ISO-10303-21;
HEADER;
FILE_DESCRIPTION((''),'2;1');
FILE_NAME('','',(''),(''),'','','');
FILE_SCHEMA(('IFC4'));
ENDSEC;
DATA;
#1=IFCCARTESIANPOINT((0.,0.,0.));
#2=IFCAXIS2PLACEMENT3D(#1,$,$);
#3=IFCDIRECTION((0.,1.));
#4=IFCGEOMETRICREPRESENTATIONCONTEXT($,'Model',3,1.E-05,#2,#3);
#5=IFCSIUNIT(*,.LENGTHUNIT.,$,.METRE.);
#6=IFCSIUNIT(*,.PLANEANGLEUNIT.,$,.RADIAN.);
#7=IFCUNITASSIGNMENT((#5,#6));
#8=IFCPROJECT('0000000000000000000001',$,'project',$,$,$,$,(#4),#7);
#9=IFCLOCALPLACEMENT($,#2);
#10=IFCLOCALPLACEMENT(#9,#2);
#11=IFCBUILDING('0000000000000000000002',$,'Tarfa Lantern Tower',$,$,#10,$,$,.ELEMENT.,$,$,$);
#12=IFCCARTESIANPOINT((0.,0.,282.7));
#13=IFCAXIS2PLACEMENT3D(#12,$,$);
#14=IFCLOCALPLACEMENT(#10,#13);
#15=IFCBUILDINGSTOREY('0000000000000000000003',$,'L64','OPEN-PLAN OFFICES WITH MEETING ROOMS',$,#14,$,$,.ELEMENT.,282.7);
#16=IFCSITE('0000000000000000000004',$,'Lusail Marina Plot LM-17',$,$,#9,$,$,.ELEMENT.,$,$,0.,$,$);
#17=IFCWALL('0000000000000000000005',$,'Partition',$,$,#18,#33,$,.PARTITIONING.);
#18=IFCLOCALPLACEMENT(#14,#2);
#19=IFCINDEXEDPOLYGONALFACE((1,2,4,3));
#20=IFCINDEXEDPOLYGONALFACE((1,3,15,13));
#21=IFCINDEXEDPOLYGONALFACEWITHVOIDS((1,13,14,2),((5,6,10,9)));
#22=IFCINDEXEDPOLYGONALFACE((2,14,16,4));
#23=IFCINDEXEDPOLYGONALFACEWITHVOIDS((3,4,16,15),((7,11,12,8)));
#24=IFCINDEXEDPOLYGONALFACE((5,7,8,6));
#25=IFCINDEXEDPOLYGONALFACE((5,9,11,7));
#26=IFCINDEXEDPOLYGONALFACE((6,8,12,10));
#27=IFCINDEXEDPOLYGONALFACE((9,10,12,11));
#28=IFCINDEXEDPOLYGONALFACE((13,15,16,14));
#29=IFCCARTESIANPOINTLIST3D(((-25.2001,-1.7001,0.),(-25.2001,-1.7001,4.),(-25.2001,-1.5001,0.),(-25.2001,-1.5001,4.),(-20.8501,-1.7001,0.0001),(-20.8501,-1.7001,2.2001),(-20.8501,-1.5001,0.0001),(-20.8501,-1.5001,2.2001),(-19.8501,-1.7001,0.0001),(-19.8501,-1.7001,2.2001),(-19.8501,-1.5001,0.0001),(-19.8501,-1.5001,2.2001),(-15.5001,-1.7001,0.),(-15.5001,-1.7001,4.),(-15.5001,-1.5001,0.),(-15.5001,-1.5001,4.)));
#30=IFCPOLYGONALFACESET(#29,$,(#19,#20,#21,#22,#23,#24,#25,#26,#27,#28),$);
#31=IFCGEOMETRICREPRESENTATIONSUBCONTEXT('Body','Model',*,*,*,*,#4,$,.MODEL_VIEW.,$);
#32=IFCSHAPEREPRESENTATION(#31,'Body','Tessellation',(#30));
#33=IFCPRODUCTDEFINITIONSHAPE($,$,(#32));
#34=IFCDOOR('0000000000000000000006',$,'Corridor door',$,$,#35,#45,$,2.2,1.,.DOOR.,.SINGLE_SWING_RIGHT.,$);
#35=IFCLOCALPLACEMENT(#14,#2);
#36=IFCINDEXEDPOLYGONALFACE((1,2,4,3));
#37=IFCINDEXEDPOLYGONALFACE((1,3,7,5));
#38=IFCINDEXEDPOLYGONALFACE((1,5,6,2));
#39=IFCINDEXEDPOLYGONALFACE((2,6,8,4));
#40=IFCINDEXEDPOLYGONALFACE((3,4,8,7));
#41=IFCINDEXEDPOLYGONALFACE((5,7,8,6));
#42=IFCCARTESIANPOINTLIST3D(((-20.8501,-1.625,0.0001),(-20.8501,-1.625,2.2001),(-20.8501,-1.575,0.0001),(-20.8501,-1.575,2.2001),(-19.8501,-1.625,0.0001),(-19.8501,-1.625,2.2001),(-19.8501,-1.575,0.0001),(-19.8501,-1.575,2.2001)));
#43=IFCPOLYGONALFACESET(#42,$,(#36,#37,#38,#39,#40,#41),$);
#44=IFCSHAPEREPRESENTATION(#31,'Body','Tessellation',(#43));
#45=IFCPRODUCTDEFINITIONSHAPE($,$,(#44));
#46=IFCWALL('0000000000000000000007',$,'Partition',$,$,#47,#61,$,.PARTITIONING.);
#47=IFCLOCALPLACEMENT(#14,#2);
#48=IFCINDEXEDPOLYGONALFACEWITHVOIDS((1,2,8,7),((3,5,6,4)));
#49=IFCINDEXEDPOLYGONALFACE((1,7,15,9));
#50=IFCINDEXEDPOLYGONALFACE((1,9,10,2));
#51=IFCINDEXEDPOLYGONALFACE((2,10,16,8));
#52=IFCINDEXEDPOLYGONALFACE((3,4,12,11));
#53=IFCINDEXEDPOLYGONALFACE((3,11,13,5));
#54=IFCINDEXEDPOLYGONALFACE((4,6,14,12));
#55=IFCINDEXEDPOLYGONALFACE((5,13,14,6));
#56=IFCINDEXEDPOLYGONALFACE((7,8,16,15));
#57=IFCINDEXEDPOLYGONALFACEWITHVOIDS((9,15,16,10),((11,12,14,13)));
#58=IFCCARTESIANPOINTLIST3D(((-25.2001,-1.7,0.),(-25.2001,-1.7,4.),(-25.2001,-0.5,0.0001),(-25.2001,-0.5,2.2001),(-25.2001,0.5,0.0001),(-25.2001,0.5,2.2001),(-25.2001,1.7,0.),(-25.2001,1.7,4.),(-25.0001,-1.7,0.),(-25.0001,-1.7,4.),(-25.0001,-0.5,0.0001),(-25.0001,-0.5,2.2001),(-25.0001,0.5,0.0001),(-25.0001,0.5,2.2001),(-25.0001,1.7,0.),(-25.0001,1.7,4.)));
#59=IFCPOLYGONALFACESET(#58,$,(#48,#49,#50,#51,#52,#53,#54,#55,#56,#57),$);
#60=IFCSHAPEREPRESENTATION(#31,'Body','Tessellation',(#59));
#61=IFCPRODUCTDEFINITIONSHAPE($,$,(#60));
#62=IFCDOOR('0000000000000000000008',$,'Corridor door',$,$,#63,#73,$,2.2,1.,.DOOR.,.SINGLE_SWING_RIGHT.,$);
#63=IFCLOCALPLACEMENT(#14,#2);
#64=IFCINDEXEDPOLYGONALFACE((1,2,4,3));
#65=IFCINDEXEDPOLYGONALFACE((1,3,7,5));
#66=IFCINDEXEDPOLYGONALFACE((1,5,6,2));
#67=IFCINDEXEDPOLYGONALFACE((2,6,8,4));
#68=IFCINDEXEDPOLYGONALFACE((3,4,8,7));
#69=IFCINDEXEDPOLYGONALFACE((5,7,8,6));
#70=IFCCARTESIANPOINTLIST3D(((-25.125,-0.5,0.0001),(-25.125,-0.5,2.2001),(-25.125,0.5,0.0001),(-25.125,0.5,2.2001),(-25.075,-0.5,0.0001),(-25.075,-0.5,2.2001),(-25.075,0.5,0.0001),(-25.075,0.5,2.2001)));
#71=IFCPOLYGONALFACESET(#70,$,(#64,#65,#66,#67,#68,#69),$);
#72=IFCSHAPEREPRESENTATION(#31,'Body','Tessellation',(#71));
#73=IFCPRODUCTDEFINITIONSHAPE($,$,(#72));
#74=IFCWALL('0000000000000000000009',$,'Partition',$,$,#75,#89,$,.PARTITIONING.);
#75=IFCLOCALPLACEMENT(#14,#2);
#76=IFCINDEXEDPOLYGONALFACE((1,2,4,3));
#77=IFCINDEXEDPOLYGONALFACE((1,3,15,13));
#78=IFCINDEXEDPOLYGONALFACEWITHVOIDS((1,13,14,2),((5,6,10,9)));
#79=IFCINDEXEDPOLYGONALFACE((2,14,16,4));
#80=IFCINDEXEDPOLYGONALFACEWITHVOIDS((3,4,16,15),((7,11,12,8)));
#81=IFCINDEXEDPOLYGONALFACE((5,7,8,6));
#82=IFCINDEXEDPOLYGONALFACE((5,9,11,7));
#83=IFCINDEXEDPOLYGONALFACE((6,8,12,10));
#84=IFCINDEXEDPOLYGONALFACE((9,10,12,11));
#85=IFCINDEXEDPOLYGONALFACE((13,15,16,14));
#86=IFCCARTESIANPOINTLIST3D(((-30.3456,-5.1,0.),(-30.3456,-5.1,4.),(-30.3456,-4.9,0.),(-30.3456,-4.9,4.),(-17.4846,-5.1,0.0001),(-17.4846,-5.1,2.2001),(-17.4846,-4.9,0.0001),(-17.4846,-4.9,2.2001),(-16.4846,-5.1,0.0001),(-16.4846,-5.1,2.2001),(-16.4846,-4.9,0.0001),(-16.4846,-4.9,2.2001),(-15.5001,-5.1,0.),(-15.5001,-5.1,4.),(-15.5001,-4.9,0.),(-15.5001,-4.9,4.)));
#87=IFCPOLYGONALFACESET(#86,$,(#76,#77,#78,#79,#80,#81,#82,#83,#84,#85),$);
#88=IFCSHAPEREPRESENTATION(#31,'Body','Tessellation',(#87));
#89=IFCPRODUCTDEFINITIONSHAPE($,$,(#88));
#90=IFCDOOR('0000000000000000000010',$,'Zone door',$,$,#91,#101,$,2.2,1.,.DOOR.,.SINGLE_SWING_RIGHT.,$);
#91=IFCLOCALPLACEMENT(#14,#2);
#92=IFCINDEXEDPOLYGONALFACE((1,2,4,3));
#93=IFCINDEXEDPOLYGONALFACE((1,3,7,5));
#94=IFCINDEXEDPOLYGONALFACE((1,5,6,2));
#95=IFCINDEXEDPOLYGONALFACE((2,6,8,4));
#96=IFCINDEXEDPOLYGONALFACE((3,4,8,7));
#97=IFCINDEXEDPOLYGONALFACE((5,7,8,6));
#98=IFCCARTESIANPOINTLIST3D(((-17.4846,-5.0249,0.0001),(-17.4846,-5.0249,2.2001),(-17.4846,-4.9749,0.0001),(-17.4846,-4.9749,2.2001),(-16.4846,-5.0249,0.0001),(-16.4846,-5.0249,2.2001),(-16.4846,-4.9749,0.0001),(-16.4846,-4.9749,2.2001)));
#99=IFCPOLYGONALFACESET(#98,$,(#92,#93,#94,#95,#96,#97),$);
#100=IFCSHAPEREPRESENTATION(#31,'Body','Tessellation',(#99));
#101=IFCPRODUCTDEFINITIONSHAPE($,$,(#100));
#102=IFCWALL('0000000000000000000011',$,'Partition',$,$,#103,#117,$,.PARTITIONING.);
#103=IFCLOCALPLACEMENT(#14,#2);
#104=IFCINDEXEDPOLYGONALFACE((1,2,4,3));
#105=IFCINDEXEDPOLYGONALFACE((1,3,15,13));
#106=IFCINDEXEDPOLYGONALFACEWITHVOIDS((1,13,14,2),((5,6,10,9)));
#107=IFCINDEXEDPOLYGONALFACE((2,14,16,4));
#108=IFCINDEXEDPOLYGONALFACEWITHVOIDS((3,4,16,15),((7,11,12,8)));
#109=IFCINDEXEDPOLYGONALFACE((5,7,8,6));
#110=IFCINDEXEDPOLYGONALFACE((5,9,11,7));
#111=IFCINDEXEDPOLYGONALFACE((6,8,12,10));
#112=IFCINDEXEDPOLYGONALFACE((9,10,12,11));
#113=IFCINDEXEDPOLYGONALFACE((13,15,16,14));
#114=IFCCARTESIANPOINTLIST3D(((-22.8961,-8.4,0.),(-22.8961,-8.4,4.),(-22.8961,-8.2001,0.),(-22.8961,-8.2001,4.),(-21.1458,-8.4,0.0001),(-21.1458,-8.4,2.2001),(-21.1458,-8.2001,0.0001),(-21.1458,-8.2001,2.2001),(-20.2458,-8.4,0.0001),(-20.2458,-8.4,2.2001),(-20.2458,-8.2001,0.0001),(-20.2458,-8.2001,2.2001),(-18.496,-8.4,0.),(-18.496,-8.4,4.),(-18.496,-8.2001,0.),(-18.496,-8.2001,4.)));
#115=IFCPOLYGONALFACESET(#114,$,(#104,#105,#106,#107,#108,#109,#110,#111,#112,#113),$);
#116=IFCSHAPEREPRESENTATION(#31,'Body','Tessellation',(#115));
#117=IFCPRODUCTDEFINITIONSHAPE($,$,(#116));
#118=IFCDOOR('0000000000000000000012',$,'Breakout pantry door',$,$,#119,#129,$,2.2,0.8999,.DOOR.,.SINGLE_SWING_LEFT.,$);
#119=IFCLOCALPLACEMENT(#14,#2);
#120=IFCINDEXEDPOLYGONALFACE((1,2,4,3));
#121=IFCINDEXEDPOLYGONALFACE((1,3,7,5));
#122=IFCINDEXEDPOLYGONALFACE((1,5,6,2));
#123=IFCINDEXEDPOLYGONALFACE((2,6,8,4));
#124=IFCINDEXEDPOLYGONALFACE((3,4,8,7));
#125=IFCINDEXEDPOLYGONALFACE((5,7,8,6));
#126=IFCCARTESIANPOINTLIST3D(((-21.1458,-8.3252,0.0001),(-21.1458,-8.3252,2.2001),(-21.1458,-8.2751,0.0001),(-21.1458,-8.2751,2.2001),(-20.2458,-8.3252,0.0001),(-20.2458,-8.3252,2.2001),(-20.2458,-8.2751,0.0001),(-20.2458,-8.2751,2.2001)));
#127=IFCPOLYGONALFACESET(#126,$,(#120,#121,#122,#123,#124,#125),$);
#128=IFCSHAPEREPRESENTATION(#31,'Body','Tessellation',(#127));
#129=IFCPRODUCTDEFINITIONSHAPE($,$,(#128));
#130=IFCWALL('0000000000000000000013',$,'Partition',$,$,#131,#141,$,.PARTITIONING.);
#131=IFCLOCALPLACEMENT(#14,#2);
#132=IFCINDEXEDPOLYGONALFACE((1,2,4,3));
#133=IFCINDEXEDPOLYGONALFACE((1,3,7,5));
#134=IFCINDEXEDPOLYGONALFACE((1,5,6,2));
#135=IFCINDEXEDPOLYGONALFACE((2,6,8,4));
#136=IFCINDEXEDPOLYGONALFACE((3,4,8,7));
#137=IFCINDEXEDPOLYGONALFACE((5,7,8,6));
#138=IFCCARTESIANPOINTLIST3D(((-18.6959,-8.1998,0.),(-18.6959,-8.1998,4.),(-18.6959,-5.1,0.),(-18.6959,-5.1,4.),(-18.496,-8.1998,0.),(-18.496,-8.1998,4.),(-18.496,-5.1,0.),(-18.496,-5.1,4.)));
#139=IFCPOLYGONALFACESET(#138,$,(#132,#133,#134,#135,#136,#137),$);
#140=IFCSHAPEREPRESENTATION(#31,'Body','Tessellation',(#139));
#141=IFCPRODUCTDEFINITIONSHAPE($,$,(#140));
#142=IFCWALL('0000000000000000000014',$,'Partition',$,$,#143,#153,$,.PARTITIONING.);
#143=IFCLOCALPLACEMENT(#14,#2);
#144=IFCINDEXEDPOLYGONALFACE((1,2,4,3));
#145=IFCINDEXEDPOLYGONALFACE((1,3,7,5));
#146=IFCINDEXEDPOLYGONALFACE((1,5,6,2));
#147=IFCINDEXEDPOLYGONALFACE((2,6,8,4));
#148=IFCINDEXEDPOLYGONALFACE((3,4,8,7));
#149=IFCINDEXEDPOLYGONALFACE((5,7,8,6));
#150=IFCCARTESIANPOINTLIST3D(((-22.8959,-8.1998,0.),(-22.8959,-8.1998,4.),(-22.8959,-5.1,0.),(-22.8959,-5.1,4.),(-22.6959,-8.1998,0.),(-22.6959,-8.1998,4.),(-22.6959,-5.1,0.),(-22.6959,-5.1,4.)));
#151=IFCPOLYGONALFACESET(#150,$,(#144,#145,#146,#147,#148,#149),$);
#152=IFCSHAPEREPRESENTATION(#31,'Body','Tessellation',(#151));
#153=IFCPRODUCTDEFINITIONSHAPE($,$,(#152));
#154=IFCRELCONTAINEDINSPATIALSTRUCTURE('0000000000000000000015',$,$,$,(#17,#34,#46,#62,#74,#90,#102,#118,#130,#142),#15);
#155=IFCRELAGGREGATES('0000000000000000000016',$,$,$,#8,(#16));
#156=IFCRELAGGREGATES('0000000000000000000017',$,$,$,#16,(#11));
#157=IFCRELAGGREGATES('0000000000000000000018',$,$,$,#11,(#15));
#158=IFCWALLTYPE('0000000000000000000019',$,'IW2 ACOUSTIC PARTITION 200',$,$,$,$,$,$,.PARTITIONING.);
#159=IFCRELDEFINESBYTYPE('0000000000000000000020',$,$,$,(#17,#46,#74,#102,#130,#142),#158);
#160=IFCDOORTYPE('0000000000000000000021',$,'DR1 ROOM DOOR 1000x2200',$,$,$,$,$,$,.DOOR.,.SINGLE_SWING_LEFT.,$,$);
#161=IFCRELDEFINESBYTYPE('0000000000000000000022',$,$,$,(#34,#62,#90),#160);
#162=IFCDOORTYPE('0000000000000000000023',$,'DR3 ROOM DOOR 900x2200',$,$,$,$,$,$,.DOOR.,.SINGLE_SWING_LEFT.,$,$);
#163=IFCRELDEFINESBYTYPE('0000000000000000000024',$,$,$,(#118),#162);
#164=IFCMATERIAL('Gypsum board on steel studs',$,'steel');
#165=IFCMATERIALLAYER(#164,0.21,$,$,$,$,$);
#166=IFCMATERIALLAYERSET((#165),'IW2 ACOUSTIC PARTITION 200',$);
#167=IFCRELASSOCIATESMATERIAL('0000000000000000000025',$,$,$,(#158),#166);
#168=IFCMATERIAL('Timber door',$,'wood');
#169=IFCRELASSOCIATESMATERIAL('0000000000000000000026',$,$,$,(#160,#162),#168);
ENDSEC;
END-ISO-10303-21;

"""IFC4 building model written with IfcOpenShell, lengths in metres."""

from ifc_helpers import new_model, si_unit, direction, frame, frame_2d, origin, place, context, subcontext, project, spatial, rectangle, extrude, material, layer, layer_set, type_object, element, fill, save


model = new_model("IFC4")

# Units and contexts
model_context = context("Model", 3, precision=1e-05, world=origin(), true_north=direction((0.0, 1.0)))
body_context = subcontext(model_context, "Body", "Model", "MODEL_VIEW")
ifc_project = project(units=[si_unit("LENGTHUNIT", "METRE"), si_unit("PLANEANGLEUNIT", "RADIAN")], contexts=[model_context])

# Site, building, storey
site_placement = place(None, origin())
site = spatial("IfcSite", under=ifc_project, at=site_placement, Name="Lusail Marina Plot LM-17", CompositionType="ELEMENT", RefElevation=0.0)
building_placement = place(site_placement, origin())
building = spatial("IfcBuilding", under=site, at=building_placement, Name="Tarfa Lantern Tower", CompositionType="ELEMENT")
storey_placement = place(building_placement, frame((0.0, 0.0, 282.7)))
storey = spatial("IfcBuildingStorey", under=building, at=storey_placement, Name="L64", Description="OPEN-PLAN OFFICES WITH MEETING ROOMS", CompositionType="ELEMENT", Elevation=282.7)

# Walls, openings, doors
ifc_material_1 = material(Name="Gypsum board on steel studs", Category="steel")
ifc_layer_1 = layer(ifc_material_1, 0.21)
ifc_layer_set_1 = layer_set([ifc_layer_1], Name="IW2 ACOUSTIC PARTITION 200")
wall_type_1 = type_object("IfcWallType", Name="IW2 ACOUSTIC PARTITION 200", PredefinedType="PARTITIONING", material=ifc_layer_set_1)
ifc_material_2 = material(Name="Timber door", Category="wood")
door_type_1 = type_object("IfcDoorType", Name="DR1 ROOM DOOR 1000x2200", OperationType="SINGLE_SWING_LEFT", PredefinedType="DOOR", material=ifc_material_2)
wall_1_placement = place(storey_placement, frame((-15.5, -1.6001, 0.0), z_axis=(0.0, 0.0, 1.0), x_axis=(-1.0, 0.0, 0.0)))
wall_1 = element("IfcWall", 1, at=wall_1_placement, inside=storey, type_object=wall_type_1, Name="Partition", PredefinedType="PARTITIONING", context=body_context, shape_type="SweptSolid", body=[
    extrude(rectangle(XDim=9.7, YDim=0.2, at=frame_2d((4.8501, 0.0))), origin(), (0.0, 0.0, 1.0), 4.0),
])
opening_1_placement = place(wall_1_placement, frame((4.3501, 0.0, 0.0)))
opening_1 = element("IfcOpeningElement", 2, at=opening_1_placement, cuts=wall_1, PredefinedType="OPENING", context=body_context, shape_type="SweptSolid", body=[
    extrude(rectangle(XDim=1.0, YDim=2.2, at=frame_2d((0.5, 1.1001))), frame((0.0, 0.1099, 0.0), z_axis=(0.0, -1.0, 0.0), x_axis=(1.0, 0.0, 0.0)), (0.0, 0.0, 1.0), 0.22),
])
door_1_placement = place(opening_1_placement, origin())
door_1 = element("IfcDoor", 3, at=door_1_placement, inside=storey, type_object=door_type_1, Name="Corridor door", OperationType="SINGLE_SWING_RIGHT", OverallHeight=2.2, OverallWidth=1.0, PredefinedType="DOOR", context=body_context, shape_type="SweptSolid", body=[
    extrude(rectangle(XDim=1.0, YDim=2.2, at=frame_2d((0.5, 1.1001))), frame((0.0, 0.0249, 0.0), z_axis=(0.0, -1.0, 0.0), x_axis=(1.0, 0.0, 0.0)), (0.0, 0.0, 1.0), 0.05),
])
fill(opening_1, door_1)
wall_2_placement = place(storey_placement, frame((-25.1001, -1.7, 0.0), z_axis=(0.0, 0.0, 1.0), x_axis=(0.0, 1.0, 0.0)))
wall_2 = element("IfcWall", 4, at=wall_2_placement, inside=storey, type_object=wall_type_1, Name="Partition", PredefinedType="PARTITIONING", context=body_context, shape_type="SweptSolid", body=[
    extrude(rectangle(XDim=3.3999, YDim=0.2, at=frame_2d((1.7, 0.0))), origin(), (0.0, 0.0, 1.0), 4.0),
])
opening_2_placement = place(wall_2_placement, frame((1.2, 0.0, 0.0)))
opening_2 = element("IfcOpeningElement", 5, at=opening_2_placement, cuts=wall_2, PredefinedType="OPENING", context=body_context, shape_type="SweptSolid", body=[
    extrude(rectangle(XDim=1.0, YDim=2.2, at=frame_2d((0.5, 1.1001))), frame((0.0, 0.1099, 0.0), z_axis=(0.0, -1.0, 0.0), x_axis=(1.0, 0.0, 0.0)), (0.0, 0.0, 1.0), 0.22),
])
door_2_placement = place(opening_2_placement, origin())
door_2 = element("IfcDoor", 6, at=door_2_placement, inside=storey, type_object=door_type_1, Name="Corridor door", OperationType="SINGLE_SWING_RIGHT", OverallHeight=2.2, OverallWidth=1.0, PredefinedType="DOOR", context=body_context, shape_type="SweptSolid", body=[
    extrude(rectangle(XDim=1.0, YDim=2.2, at=frame_2d((0.5, 1.1001))), frame((0.0, 0.0249, 0.0), z_axis=(0.0, -1.0, 0.0), x_axis=(1.0, 0.0, 0.0)), (0.0, 0.0, 1.0), 0.05),
])
fill(opening_2, door_2)
wall_3_placement = place(storey_placement, frame((-15.5, -5.0, 0.0), z_axis=(0.0, 0.0, 1.0), x_axis=(-1.0, 0.0, 0.0)))
wall_3 = element("IfcWall", 7, at=wall_3_placement, inside=storey, type_object=wall_type_1, Name="Partition", PredefinedType="PARTITIONING", context=body_context, shape_type="SweptSolid", body=[
    extrude(rectangle(XDim=14.8455, YDim=0.2, at=frame_2d((7.4229, 0.0))), origin(), (0.0, 0.0, 1.0), 4.0),
])
opening_3_placement = place(wall_3_placement, frame((0.9846, 0.0, 0.0)))
opening_3 = element("IfcOpeningElement", 8, at=opening_3_placement, cuts=wall_3, PredefinedType="OPENING", context=body_context, shape_type="SweptSolid", body=[
    extrude(rectangle(XDim=1.0, YDim=2.2, at=frame_2d((0.5, 1.1001))), frame((0.0, 0.1099, 0.0), z_axis=(0.0, -1.0, 0.0), x_axis=(1.0, 0.0, 0.0)), (0.0, 0.0, 1.0), 0.22),
])
door_3_placement = place(opening_3_placement, origin())
door_3 = element("IfcDoor", 9, at=door_3_placement, inside=storey, type_object=door_type_1, Name="Zone door", OperationType="SINGLE_SWING_RIGHT", OverallHeight=2.2, OverallWidth=1.0, PredefinedType="DOOR", context=body_context, shape_type="SweptSolid", body=[
    extrude(rectangle(XDim=1.0, YDim=2.2, at=frame_2d((0.5, 1.1001))), frame((0.0, 0.0249, 0.0), z_axis=(0.0, -1.0, 0.0), x_axis=(1.0, 0.0, 0.0)), (0.0, 0.0, 1.0), 0.05),
])
fill(opening_3, door_3)
wall_4_placement = place(storey_placement, frame((-18.4958, -8.3, 0.0), z_axis=(0.0, 0.0, 1.0), x_axis=(-1.0, 0.0, 0.0)))
wall_4 = element("IfcWall", 10, at=wall_4_placement, inside=storey, type_object=wall_type_1, Name="Partition", PredefinedType="PARTITIONING", context=body_context, shape_type="SweptSolid", body=[
    extrude(rectangle(XDim=4.4001, YDim=0.2, at=frame_2d((2.2002, 0.0))), origin(), (0.0, 0.0, 1.0), 4.0),
])
opening_4_placement = place(wall_4_placement, frame((1.75, 0.0, 0.0)))
opening_4 = element("IfcOpeningElement", 11, at=opening_4_placement, cuts=wall_4, PredefinedType="OPENING", context=body_context, shape_type="SweptSolid", body=[
    extrude(rectangle(XDim=0.8999, YDim=2.2, at=frame_2d((0.45, 1.1001))), frame((0.0, 0.1099, 0.0), z_axis=(0.0, -1.0, 0.0), x_axis=(1.0, 0.0, 0.0)), (0.0, 0.0, 1.0), 0.22),
])
door_type_2 = type_object("IfcDoorType", Name="DR3 ROOM DOOR 900x2200", OperationType="SINGLE_SWING_LEFT", PredefinedType="DOOR", material=ifc_material_2)
door_4_placement = place(opening_4_placement, frame((0.8999, 0.0, 0.0), z_axis=(0.0, 0.0, 1.0), x_axis=(-1.0, 0.0, 0.0)))
door_4 = element("IfcDoor", 12, at=door_4_placement, inside=storey, type_object=door_type_2, Name="Breakout pantry door", OperationType="SINGLE_SWING_LEFT", OverallHeight=2.2, OverallWidth=0.8999, PredefinedType="DOOR", context=body_context, shape_type="SweptSolid", body=[
    extrude(rectangle(XDim=0.8999, YDim=2.2, at=frame_2d((0.45, 1.1001))), frame((0.0, 0.0249, 0.0), z_axis=(0.0, -1.0, 0.0), x_axis=(1.0, 0.0, 0.0)), (0.0, 0.0, 1.0), 0.05),
])
fill(opening_4, door_4)

# Walls
for number, where, z_axis, x_axis, name in (
    (13, (-18.5959, -5.1001, 0.0), (0.0, 0.0, 1.0), (0.0, -1.0, 0.0), "Partition"),
    (14, (-22.7959, -5.1001, 0.0), (0.0, 0.0, 1.0), (0.0, -1.0, 0.0), "Partition"),
):
    element("IfcWall", number, at=place(storey_placement, frame(where, z_axis=z_axis, x_axis=x_axis)), inside=storey, type_object=wall_type_1, Name=name, PredefinedType="PARTITIONING", context=body_context, shape_type="SweptSolid", body=[
        extrude(rectangle(XDim=3.0999, YDim=0.2, at=frame_2d((1.5498, 0.0))), origin(), (0.0, 0.0, 1.0), 4.0),
    ])

save(model, "model.ifc")
